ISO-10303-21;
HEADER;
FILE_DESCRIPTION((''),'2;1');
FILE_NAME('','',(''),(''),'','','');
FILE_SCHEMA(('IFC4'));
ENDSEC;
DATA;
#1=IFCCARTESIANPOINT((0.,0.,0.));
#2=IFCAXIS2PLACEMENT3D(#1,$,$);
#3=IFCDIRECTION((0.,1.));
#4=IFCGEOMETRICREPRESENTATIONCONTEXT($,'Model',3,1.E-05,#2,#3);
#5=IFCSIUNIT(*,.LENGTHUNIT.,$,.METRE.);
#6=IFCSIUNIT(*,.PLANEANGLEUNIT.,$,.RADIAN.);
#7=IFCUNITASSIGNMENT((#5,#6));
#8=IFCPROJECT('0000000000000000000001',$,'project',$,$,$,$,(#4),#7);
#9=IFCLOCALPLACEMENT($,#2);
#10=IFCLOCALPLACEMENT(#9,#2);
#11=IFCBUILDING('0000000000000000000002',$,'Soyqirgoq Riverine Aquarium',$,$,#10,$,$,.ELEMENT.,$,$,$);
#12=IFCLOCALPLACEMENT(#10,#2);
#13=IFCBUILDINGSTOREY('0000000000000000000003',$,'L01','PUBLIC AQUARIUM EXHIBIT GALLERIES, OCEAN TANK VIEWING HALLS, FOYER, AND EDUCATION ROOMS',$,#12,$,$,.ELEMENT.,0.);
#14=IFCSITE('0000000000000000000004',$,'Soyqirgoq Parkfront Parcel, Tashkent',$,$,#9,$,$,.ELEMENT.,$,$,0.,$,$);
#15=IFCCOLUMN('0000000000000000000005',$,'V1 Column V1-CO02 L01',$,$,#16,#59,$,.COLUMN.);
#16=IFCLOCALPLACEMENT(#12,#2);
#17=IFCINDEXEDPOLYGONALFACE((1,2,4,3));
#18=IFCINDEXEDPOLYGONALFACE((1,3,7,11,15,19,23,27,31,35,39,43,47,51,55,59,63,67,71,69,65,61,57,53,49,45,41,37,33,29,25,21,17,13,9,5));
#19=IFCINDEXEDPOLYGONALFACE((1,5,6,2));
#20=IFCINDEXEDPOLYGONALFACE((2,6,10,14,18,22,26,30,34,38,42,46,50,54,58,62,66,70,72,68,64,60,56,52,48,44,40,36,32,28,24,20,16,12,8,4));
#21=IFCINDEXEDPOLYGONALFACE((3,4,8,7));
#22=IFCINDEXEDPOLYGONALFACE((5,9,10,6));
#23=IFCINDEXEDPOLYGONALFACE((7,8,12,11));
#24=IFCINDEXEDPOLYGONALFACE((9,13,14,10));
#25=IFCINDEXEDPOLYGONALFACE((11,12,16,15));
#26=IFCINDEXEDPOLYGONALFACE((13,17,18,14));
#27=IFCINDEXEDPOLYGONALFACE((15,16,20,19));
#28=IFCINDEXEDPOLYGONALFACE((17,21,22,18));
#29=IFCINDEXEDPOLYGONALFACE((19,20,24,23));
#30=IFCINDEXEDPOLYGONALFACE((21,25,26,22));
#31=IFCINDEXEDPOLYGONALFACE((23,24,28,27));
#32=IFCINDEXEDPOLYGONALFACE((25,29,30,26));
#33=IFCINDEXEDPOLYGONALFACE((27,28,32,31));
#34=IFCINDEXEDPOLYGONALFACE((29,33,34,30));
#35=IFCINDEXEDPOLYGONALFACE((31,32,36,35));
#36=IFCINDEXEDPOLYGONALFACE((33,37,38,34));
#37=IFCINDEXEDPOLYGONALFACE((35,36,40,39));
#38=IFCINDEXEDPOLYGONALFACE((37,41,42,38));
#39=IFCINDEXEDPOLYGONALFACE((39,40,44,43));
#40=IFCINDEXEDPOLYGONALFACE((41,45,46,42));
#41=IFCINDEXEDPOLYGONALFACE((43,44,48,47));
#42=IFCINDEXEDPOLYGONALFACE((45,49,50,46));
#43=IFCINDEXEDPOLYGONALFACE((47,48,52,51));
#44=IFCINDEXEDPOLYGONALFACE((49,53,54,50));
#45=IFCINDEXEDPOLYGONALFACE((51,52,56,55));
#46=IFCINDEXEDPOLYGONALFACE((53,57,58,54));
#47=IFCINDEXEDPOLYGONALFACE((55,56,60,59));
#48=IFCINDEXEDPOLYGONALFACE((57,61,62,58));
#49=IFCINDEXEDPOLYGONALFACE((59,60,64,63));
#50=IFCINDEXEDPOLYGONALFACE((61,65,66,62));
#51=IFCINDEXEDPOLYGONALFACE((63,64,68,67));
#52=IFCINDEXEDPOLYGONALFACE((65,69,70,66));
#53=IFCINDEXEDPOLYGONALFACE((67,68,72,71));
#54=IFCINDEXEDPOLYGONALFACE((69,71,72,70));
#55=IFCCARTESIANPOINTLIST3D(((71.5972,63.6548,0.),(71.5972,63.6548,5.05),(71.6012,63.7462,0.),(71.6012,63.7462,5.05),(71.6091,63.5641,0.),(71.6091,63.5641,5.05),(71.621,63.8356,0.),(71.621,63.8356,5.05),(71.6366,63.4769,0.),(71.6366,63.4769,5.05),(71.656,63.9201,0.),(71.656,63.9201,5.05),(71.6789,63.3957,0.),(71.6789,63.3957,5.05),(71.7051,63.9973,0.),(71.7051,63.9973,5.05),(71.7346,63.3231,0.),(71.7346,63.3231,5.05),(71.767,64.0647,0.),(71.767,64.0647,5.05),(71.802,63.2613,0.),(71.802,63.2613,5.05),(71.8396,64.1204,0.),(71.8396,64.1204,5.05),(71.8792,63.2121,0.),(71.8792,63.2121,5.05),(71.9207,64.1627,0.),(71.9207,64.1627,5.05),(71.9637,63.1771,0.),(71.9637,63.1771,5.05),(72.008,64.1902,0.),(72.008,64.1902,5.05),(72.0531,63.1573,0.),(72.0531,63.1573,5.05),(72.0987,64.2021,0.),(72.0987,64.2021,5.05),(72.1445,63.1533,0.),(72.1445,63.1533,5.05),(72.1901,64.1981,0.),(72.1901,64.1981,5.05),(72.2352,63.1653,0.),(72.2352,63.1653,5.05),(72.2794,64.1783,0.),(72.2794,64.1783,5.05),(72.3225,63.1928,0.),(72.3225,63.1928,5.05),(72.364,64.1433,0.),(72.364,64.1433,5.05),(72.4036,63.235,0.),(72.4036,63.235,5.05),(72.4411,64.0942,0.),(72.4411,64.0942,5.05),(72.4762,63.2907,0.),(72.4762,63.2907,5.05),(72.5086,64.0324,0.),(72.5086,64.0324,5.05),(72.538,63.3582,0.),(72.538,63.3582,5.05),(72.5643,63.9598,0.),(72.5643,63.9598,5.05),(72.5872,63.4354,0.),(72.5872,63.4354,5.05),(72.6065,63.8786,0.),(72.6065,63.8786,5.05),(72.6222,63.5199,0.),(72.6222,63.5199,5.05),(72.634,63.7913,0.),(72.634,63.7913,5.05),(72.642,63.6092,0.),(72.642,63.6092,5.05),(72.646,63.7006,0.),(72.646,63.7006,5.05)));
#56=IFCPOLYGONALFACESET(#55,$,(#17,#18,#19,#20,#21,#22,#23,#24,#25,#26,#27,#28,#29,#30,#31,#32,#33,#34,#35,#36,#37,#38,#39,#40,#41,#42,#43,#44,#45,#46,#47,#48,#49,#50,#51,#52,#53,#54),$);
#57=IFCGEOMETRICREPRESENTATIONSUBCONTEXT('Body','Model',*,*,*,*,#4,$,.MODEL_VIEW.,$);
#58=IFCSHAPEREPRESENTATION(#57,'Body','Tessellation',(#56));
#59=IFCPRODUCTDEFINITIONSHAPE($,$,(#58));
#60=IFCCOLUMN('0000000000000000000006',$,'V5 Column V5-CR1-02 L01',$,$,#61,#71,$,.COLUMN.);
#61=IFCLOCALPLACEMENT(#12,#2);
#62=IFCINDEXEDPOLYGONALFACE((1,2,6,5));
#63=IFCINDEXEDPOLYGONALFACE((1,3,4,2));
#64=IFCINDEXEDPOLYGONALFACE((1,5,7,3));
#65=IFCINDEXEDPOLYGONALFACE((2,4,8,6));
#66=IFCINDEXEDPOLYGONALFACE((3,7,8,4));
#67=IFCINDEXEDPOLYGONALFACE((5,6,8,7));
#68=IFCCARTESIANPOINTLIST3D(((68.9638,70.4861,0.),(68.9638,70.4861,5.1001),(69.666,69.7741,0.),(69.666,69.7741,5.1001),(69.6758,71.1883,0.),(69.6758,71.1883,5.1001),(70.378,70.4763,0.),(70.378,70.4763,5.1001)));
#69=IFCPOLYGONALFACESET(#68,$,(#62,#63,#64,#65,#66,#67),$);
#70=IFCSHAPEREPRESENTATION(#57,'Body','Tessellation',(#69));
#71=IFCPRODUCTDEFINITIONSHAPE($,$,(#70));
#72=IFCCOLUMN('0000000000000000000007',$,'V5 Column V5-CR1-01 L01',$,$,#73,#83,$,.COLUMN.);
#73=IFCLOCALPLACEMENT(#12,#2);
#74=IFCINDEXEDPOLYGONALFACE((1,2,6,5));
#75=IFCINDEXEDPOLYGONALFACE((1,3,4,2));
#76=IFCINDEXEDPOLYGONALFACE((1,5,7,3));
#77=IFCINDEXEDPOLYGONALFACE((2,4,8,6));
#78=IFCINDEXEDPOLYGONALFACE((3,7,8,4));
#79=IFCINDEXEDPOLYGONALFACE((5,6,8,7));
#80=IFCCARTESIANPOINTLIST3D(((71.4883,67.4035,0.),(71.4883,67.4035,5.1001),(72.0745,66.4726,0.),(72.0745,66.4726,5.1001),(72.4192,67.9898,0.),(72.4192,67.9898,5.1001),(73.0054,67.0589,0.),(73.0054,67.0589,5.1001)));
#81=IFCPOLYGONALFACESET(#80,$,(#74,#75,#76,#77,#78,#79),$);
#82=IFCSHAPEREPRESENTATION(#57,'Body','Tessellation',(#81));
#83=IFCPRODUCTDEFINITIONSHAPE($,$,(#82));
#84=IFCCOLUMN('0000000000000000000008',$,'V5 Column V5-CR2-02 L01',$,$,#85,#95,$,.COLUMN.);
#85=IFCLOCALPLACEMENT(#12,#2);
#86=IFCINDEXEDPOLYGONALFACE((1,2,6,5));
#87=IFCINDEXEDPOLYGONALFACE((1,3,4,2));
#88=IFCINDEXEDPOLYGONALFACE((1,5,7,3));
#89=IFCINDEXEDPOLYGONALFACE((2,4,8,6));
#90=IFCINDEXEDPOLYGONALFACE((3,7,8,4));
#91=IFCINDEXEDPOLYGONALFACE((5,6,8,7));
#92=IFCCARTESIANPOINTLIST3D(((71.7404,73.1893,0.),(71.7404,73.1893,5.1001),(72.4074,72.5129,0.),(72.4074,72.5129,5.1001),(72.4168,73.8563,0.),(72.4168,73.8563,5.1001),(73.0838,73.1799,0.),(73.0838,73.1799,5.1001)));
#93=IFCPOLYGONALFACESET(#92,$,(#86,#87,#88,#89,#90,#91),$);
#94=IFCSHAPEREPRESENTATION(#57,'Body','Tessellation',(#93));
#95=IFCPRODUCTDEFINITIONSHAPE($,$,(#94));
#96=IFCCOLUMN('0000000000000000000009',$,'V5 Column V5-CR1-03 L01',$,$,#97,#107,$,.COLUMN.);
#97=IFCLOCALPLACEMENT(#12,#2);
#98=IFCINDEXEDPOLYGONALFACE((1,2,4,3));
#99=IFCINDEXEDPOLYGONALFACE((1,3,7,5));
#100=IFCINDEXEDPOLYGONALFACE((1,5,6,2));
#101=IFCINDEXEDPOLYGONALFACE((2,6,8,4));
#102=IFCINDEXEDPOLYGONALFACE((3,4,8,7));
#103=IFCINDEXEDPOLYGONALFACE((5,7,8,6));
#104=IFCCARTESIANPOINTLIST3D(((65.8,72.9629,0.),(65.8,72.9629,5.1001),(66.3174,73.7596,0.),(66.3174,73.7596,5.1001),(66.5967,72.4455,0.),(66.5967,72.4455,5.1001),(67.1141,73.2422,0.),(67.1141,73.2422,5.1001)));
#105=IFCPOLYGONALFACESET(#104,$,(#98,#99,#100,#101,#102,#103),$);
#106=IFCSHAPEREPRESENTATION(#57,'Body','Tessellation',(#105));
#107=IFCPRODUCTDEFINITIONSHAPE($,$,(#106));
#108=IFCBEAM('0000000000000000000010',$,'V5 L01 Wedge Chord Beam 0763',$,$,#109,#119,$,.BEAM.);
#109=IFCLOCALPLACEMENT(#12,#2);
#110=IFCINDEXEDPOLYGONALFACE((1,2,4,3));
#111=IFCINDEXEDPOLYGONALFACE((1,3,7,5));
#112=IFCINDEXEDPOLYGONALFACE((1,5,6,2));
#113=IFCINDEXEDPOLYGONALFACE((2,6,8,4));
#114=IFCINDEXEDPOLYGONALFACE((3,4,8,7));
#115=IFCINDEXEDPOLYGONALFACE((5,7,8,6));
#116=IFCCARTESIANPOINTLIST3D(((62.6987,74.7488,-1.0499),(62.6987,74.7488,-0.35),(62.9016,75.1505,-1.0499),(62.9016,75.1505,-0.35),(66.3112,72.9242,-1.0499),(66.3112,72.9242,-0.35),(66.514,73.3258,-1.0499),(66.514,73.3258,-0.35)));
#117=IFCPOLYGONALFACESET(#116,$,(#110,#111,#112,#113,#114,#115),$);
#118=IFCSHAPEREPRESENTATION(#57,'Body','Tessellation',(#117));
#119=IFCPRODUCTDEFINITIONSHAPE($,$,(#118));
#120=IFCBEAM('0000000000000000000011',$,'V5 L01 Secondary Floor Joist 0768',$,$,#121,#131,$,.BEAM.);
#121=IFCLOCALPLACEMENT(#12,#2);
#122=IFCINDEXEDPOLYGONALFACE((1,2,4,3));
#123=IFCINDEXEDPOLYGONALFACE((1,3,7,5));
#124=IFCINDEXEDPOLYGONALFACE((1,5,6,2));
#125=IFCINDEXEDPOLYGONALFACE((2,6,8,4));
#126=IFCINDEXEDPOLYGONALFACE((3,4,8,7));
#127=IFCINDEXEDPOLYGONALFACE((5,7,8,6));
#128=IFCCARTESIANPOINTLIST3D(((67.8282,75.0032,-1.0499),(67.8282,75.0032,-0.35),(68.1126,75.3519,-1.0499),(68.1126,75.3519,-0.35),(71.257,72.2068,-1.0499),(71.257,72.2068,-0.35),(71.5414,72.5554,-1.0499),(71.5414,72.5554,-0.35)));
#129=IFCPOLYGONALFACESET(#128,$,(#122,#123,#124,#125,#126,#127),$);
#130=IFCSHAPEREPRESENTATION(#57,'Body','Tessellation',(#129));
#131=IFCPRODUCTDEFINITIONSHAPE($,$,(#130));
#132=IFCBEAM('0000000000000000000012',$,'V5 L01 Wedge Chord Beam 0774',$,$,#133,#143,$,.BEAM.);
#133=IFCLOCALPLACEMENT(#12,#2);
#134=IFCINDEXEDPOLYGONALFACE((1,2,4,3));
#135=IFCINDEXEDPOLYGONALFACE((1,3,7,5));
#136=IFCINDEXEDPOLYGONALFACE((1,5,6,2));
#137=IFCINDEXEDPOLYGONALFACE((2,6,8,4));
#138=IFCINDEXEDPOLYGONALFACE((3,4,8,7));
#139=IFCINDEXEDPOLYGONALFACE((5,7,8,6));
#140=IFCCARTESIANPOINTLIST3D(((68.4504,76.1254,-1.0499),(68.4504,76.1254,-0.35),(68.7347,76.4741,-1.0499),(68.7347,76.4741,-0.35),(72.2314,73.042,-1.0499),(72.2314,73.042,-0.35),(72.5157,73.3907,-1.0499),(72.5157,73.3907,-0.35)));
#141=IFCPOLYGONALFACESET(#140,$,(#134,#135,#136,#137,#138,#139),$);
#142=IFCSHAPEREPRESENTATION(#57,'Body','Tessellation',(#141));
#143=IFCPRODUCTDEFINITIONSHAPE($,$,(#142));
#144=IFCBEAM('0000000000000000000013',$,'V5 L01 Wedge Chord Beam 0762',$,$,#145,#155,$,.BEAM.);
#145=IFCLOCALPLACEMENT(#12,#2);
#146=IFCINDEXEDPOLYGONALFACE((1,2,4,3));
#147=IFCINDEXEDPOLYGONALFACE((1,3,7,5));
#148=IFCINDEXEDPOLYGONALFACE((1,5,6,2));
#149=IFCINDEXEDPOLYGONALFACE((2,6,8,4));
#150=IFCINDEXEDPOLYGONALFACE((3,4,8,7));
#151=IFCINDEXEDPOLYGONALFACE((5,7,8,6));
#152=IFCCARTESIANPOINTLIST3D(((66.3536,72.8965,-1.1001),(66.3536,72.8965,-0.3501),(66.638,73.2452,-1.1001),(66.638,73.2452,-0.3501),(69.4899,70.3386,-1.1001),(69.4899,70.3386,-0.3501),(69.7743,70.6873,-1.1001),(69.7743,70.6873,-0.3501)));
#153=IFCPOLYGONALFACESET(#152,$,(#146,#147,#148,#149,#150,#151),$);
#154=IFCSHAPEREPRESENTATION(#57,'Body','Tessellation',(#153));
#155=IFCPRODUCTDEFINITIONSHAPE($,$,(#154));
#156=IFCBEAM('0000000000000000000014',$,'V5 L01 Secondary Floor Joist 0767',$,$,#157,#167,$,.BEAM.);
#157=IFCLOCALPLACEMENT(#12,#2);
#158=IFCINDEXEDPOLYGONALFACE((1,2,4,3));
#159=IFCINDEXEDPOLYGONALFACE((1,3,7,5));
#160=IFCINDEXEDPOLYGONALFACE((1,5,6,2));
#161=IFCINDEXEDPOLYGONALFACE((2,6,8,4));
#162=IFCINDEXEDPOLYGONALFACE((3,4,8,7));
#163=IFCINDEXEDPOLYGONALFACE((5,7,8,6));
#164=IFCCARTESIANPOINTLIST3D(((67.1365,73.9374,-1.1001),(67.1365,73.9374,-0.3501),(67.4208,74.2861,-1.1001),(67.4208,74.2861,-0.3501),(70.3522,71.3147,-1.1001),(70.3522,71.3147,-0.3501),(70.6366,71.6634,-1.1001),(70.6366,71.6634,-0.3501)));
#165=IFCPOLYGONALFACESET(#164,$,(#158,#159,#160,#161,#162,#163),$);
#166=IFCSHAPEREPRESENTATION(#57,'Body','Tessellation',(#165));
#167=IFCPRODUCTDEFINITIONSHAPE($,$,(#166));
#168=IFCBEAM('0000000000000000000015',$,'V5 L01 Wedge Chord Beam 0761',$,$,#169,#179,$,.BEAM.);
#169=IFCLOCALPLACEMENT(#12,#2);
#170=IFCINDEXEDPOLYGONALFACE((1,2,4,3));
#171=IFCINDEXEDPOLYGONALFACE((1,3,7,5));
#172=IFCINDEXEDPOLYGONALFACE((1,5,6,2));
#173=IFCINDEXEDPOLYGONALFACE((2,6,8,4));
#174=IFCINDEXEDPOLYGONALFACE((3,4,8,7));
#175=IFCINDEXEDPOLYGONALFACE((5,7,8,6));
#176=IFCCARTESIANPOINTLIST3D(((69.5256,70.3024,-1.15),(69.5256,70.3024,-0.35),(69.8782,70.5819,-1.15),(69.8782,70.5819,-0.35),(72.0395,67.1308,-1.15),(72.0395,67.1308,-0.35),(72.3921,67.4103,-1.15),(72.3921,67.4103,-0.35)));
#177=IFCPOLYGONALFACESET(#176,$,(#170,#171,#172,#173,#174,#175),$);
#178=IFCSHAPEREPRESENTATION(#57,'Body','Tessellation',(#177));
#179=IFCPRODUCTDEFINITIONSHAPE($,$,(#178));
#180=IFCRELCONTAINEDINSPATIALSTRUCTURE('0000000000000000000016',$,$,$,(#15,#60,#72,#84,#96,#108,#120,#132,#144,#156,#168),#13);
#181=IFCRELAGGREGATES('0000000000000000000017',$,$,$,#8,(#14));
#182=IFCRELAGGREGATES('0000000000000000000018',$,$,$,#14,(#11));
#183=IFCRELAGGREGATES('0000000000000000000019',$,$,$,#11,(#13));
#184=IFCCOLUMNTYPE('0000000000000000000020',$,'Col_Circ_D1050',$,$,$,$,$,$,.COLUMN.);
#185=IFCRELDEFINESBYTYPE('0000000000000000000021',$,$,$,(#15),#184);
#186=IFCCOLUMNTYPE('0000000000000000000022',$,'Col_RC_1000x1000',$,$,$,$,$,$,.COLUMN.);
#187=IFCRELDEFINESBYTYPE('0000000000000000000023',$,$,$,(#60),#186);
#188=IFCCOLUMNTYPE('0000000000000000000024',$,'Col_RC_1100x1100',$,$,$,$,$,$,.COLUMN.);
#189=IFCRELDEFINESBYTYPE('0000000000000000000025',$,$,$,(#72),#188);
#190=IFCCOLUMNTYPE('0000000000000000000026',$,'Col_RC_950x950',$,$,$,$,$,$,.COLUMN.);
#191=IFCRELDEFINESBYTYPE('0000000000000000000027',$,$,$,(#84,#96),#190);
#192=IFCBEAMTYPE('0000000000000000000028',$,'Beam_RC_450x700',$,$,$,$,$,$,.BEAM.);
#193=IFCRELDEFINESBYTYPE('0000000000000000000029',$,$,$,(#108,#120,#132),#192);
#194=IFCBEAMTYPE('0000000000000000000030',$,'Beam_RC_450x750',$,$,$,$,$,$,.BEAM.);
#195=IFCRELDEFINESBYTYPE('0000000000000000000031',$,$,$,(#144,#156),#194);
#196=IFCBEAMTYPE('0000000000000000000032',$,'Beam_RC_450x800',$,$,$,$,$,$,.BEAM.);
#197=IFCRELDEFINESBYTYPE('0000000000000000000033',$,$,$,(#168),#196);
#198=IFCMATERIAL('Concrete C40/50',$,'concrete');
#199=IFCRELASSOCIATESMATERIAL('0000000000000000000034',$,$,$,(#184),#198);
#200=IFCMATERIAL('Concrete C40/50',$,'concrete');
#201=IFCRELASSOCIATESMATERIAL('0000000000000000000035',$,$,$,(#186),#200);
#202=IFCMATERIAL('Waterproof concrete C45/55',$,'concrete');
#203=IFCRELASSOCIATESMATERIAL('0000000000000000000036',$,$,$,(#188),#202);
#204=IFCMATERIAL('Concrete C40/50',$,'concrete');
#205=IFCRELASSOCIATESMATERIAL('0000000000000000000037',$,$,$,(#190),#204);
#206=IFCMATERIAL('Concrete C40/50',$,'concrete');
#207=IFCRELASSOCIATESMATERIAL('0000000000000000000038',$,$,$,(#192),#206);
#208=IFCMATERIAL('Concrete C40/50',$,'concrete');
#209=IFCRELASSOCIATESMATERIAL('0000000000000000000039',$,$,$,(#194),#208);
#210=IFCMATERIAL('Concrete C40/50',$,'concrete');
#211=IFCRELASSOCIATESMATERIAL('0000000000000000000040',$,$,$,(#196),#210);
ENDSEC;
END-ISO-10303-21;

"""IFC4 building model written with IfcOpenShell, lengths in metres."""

from ifc_helpers import new_model, si_unit, direction, frame, origin, origin_2d, place, context, subcontext, project, spatial, rectangle, circle, extrude, material, material_profile, profile_set, type_object, element, save


model = new_model("IFC4")

# Units and contexts
model_context = context("Model", 3, precision=1e-05, world=origin(), true_north=direction((0.0, 1.0)))
body_context = subcontext(model_context, "Body", "Model", "MODEL_VIEW")
ifc_project = project(units=[si_unit("LENGTHUNIT", "METRE"), si_unit("PLANEANGLEUNIT", "RADIAN")], contexts=[model_context])

# Site, building, storey
site_placement = place(None, origin())
site = spatial("IfcSite", under=ifc_project, at=site_placement, Name="Soyqirgoq Parkfront Parcel, Tashkent", CompositionType="ELEMENT", RefElevation=0.0)
building_placement = place(site_placement, origin())
building = spatial("IfcBuilding", under=site, at=building_placement, Name="Soyqirgoq Riverine Aquarium", CompositionType="ELEMENT")
storey_placement = place(building_placement, origin())
storey = spatial("IfcBuildingStorey", under=building, at=storey_placement, Name="L01", Description="PUBLIC AQUARIUM EXHIBIT GALLERIES, OCEAN TANK VIEWING HALLS, FOYER, AND EDUCATION ROOMS", CompositionType="ELEMENT", Elevation=0.0)

# Columns
ifc_material_1 = material(Name="Concrete C40/50", Category="concrete")
ifc_material_profile_1 = material_profile(ifc_material_1, circle(Radius=0.5249, at=origin_2d()), Name="RC-COL D1050")
ifc_profile_set_1 = profile_set([ifc_material_profile_1], Name="Concrete C40/50")
column_type_1 = type_object("IfcColumnType", Name="Col_Circ_D1050", PredefinedType="COLUMN", material=ifc_profile_set_1)
for number, where, z_axis, x_axis, name in (
    (1, (72.1216, 63.6777, 0.0), (0.0, 0.0, 1.0), (0.92388, 0.382683, 0.0), "V1 Column V1-CO02 L01"),
):
    element("IfcColumn", number, at=place(storey_placement, frame(where, z_axis=z_axis, x_axis=x_axis)), inside=storey, type_object=column_type_1, Name=name, PredefinedType="COLUMN", context=body_context, shape_type="SweptSolid", body=[
        extrude(circle(Radius=0.5249, at=origin_2d()), origin(), (0.0, 0.0, 1.0), 5.05),
    ])
ifc_material_2 = material(Name="Concrete C40/50", Category="concrete")
ifc_material_profile_2 = material_profile(ifc_material_2, rectangle(XDim=1.0, YDim=1.0, at=origin_2d()), Name="RC 1000x1000")
ifc_profile_set_2 = profile_set([ifc_material_profile_2], Name="Concrete C40/50")
column_type_2 = type_object("IfcColumnType", Name="Col_RC_1000x1000", PredefinedType="COLUMN", material=ifc_profile_set_2)
column_1_placement = place(storey_placement, frame((69.6709, 70.4812, 0.0), z_axis=(0.0, 0.0, 1.0), x_axis=(0.712026, 0.702153, 0.0)))
element("IfcColumn", 2, at=column_1_placement, inside=storey, type_object=column_type_2, Name="V5 Column V5-CR1-02 L01", PredefinedType="COLUMN", context=body_context, shape_type="SweptSolid", body=[
    extrude(rectangle(XDim=1.0, YDim=1.0, at=origin_2d()), origin(), (0.0, 0.0, 1.0), 5.1001),
])
ifc_material_3 = material(Name="Waterproof concrete C45/55", Category="concrete")
ifc_material_profile_3 = material_profile(ifc_material_3, rectangle(XDim=1.1001, YDim=1.1001, at=origin_2d()), Name="RC 1100x1100")
ifc_profile_set_3 = profile_set([ifc_material_profile_3], Name="Waterproof concrete C45/55")
column_type_3 = type_object("IfcColumnType", Name="Col_RC_1100x1100", PredefinedType="COLUMN", material=ifc_profile_set_3)
column_2_placement = place(storey_placement, frame((72.2468, 67.2312, 0.0), z_axis=(0.0, 0.0, 1.0), x_axis=(0.846193, 0.532876, 0.0)))
element("IfcColumn", 3, at=column_2_placement, inside=storey, type_object=column_type_3, Name="V5 Column V5-CR1-01 L01", PredefinedType="COLUMN", context=body_context, shape_type="SweptSolid", body=[
    extrude(rectangle(XDim=1.1001, YDim=1.1001, at=origin_2d()), origin(), (0.0, 0.0, 1.0), 5.1001),
])
ifc_material_4 = material(Name="Concrete C40/50", Category="concrete")
ifc_material_profile_4 = material_profile(ifc_material_4, rectangle(XDim=0.95, YDim=0.95, at=origin_2d()), Name="RC 950x950")
ifc_profile_set_4 = profile_set([ifc_material_profile_4], Name="Concrete C40/50")
column_type_4 = type_object("IfcColumnType", Name="Col_RC_950x950", PredefinedType="COLUMN", material=ifc_profile_set_4)
for number, where, z_axis, x_axis, name in (
    (4, (72.4121, 73.1846, 0.0), (0.0, 0.0, 1.0), (0.712026, 0.702153, 0.0), "V5 Column V5-CR2-02 L01"),
    (5, (66.457, 73.1025, 0.0), (0.0, 0.0, 1.0), (0.544639, 0.838671, 0.0), "V5 Column V5-CR1-03 L01"),
):
    element("IfcColumn", number, at=place(storey_placement, frame(where, z_axis=z_axis, x_axis=x_axis)), inside=storey, type_object=column_type_4, Name=name, PredefinedType="COLUMN", context=body_context, shape_type="SweptSolid", body=[
        extrude(rectangle(XDim=0.95, YDim=0.95, at=origin_2d()), origin(), (0.0, 0.0, 1.0), 5.1001),
    ])

# Beams
ifc_material_5 = material(Name="Concrete C40/50", Category="concrete")
ifc_material_profile_5 = material_profile(ifc_material_5, rectangle(XDim=0.45, YDim=0.7, at=origin_2d()), Name="RC 450x700")
ifc_profile_set_5 = profile_set([ifc_material_profile_5], Name="Concrete C40/50")
beam_type_1 = type_object("IfcBeamType", Name="Beam_RC_450x700", PredefinedType="BEAM", material=ifc_profile_set_5)
beam_1_placement = place(storey_placement, frame((66.4126, 73.125, -0.7), z_axis=(-0.892598, 0.450853, 0.0), x_axis=(-0.450853, -0.892598, 0.0)))
element("IfcBeam", 6, at=beam_1_placement, inside=storey, type_object=beam_type_1, Name="V5 L01 Wedge Chord Beam 0763", PredefinedType="BEAM", context=body_context, shape_type="SweptSolid", body=[
    extrude(rectangle(XDim=0.45, YDim=0.7, at=origin_2d()), origin(), (0.0, 0.0, 1.0), 4.0471),
])
beam_2_placement = place(storey_placement, frame((71.3992, 72.3811, -0.7), z_axis=(-0.774945, 0.632029, 0.0), x_axis=(-0.632029, -0.774945, 0.0)))
element("IfcBeam", 7, at=beam_2_placement, inside=storey, type_object=beam_type_1, Name="V5 L01 Secondary Floor Joist 0768", PredefinedType="BEAM", context=body_context, shape_type="SweptSolid", body=[
    extrude(rectangle(XDim=0.45, YDim=0.7, at=origin_2d()), origin(), (0.0, 0.0, 1.0), 4.4246),
])
beam_3_placement = place(storey_placement, frame((72.3735, 73.2163, -0.7), z_axis=(-0.774966, 0.632003, 0.0), x_axis=(-0.632003, -0.774966, 0.0)))
element("IfcBeam", 8, at=beam_3_placement, inside=storey, type_object=beam_type_1, Name="V5 L01 Wedge Chord Beam 0774", PredefinedType="BEAM", context=body_context, shape_type="SweptSolid", body=[
    extrude(rectangle(XDim=0.45, YDim=0.7, at=origin_2d()), origin(), (0.0, 0.0, 1.0), 4.8789),
])
ifc_material_6 = material(Name="Concrete C40/50", Category="concrete")
ifc_material_profile_6 = material_profile(ifc_material_6, rectangle(XDim=0.45, YDim=0.75, at=origin_2d()), Name="RC 450x750")
ifc_profile_set_6 = profile_set([ifc_material_profile_6], Name="Concrete C40/50")
beam_type_2 = type_object("IfcBeamType", Name="Beam_RC_450x750", PredefinedType="BEAM", material=ifc_profile_set_6)
beam_4_placement = place(storey_placement, frame((69.6321, 70.5129, -0.7251), z_axis=(-0.774943, 0.632031, 0.0), x_axis=(-0.632031, -0.774943, 0.0)))
element("IfcBeam", 9, at=beam_4_placement, inside=storey, type_object=beam_type_2, Name="V5 L01 Wedge Chord Beam 0762", PredefinedType="BEAM", context=body_context, shape_type="SweptSolid", body=[
    extrude(rectangle(XDim=0.45, YDim=0.75, at=origin_2d()), origin(), (0.0, 0.0, 1.0), 4.0471),
])
beam_5_placement = place(storey_placement, frame((70.4944, 71.489, -0.7251), z_axis=(-0.774939, 0.632036, 0.0), x_axis=(-0.632036, -0.774939, 0.0)))
element("IfcBeam", 10, at=beam_5_placement, inside=storey, type_object=beam_type_2, Name="V5 L01 Secondary Floor Joist 0767", PredefinedType="BEAM", context=body_context, shape_type="SweptSolid", body=[
    extrude(rectangle(XDim=0.45, YDim=0.75, at=origin_2d()), origin(), (0.0, 0.0, 1.0), 4.1497),
])
ifc_material_7 = material(Name="Concrete C40/50", Category="concrete")
ifc_material_profile_7 = material_profile(ifc_material_7, rectangle(XDim=0.45, YDim=0.8, at=origin_2d()), Name="RC 450x800")
ifc_profile_set_7 = profile_set([ifc_material_profile_7], Name="Concrete C40/50")
beam_type_3 = type_object("IfcBeamType", Name="Beam_RC_450x800", PredefinedType="BEAM", material=ifc_profile_set_7)
beam_6_placement = place(storey_placement, frame((72.2158, 67.2705, -0.75), z_axis=(-0.621165, 0.78368, 0.0), x_axis=(-0.78368, -0.621165, 0.0)))
element("IfcBeam", 11, at=beam_6_placement, inside=storey, type_object=beam_type_3, Name="V5 L01 Wedge Chord Beam 0761", PredefinedType="BEAM", context=body_context, shape_type="SweptSolid", body=[
    extrude(rectangle(XDim=0.45, YDim=0.8, at=origin_2d()), origin(), (0.0, 0.0, 1.0), 4.0471),
])

save(model, "model.ifc")
